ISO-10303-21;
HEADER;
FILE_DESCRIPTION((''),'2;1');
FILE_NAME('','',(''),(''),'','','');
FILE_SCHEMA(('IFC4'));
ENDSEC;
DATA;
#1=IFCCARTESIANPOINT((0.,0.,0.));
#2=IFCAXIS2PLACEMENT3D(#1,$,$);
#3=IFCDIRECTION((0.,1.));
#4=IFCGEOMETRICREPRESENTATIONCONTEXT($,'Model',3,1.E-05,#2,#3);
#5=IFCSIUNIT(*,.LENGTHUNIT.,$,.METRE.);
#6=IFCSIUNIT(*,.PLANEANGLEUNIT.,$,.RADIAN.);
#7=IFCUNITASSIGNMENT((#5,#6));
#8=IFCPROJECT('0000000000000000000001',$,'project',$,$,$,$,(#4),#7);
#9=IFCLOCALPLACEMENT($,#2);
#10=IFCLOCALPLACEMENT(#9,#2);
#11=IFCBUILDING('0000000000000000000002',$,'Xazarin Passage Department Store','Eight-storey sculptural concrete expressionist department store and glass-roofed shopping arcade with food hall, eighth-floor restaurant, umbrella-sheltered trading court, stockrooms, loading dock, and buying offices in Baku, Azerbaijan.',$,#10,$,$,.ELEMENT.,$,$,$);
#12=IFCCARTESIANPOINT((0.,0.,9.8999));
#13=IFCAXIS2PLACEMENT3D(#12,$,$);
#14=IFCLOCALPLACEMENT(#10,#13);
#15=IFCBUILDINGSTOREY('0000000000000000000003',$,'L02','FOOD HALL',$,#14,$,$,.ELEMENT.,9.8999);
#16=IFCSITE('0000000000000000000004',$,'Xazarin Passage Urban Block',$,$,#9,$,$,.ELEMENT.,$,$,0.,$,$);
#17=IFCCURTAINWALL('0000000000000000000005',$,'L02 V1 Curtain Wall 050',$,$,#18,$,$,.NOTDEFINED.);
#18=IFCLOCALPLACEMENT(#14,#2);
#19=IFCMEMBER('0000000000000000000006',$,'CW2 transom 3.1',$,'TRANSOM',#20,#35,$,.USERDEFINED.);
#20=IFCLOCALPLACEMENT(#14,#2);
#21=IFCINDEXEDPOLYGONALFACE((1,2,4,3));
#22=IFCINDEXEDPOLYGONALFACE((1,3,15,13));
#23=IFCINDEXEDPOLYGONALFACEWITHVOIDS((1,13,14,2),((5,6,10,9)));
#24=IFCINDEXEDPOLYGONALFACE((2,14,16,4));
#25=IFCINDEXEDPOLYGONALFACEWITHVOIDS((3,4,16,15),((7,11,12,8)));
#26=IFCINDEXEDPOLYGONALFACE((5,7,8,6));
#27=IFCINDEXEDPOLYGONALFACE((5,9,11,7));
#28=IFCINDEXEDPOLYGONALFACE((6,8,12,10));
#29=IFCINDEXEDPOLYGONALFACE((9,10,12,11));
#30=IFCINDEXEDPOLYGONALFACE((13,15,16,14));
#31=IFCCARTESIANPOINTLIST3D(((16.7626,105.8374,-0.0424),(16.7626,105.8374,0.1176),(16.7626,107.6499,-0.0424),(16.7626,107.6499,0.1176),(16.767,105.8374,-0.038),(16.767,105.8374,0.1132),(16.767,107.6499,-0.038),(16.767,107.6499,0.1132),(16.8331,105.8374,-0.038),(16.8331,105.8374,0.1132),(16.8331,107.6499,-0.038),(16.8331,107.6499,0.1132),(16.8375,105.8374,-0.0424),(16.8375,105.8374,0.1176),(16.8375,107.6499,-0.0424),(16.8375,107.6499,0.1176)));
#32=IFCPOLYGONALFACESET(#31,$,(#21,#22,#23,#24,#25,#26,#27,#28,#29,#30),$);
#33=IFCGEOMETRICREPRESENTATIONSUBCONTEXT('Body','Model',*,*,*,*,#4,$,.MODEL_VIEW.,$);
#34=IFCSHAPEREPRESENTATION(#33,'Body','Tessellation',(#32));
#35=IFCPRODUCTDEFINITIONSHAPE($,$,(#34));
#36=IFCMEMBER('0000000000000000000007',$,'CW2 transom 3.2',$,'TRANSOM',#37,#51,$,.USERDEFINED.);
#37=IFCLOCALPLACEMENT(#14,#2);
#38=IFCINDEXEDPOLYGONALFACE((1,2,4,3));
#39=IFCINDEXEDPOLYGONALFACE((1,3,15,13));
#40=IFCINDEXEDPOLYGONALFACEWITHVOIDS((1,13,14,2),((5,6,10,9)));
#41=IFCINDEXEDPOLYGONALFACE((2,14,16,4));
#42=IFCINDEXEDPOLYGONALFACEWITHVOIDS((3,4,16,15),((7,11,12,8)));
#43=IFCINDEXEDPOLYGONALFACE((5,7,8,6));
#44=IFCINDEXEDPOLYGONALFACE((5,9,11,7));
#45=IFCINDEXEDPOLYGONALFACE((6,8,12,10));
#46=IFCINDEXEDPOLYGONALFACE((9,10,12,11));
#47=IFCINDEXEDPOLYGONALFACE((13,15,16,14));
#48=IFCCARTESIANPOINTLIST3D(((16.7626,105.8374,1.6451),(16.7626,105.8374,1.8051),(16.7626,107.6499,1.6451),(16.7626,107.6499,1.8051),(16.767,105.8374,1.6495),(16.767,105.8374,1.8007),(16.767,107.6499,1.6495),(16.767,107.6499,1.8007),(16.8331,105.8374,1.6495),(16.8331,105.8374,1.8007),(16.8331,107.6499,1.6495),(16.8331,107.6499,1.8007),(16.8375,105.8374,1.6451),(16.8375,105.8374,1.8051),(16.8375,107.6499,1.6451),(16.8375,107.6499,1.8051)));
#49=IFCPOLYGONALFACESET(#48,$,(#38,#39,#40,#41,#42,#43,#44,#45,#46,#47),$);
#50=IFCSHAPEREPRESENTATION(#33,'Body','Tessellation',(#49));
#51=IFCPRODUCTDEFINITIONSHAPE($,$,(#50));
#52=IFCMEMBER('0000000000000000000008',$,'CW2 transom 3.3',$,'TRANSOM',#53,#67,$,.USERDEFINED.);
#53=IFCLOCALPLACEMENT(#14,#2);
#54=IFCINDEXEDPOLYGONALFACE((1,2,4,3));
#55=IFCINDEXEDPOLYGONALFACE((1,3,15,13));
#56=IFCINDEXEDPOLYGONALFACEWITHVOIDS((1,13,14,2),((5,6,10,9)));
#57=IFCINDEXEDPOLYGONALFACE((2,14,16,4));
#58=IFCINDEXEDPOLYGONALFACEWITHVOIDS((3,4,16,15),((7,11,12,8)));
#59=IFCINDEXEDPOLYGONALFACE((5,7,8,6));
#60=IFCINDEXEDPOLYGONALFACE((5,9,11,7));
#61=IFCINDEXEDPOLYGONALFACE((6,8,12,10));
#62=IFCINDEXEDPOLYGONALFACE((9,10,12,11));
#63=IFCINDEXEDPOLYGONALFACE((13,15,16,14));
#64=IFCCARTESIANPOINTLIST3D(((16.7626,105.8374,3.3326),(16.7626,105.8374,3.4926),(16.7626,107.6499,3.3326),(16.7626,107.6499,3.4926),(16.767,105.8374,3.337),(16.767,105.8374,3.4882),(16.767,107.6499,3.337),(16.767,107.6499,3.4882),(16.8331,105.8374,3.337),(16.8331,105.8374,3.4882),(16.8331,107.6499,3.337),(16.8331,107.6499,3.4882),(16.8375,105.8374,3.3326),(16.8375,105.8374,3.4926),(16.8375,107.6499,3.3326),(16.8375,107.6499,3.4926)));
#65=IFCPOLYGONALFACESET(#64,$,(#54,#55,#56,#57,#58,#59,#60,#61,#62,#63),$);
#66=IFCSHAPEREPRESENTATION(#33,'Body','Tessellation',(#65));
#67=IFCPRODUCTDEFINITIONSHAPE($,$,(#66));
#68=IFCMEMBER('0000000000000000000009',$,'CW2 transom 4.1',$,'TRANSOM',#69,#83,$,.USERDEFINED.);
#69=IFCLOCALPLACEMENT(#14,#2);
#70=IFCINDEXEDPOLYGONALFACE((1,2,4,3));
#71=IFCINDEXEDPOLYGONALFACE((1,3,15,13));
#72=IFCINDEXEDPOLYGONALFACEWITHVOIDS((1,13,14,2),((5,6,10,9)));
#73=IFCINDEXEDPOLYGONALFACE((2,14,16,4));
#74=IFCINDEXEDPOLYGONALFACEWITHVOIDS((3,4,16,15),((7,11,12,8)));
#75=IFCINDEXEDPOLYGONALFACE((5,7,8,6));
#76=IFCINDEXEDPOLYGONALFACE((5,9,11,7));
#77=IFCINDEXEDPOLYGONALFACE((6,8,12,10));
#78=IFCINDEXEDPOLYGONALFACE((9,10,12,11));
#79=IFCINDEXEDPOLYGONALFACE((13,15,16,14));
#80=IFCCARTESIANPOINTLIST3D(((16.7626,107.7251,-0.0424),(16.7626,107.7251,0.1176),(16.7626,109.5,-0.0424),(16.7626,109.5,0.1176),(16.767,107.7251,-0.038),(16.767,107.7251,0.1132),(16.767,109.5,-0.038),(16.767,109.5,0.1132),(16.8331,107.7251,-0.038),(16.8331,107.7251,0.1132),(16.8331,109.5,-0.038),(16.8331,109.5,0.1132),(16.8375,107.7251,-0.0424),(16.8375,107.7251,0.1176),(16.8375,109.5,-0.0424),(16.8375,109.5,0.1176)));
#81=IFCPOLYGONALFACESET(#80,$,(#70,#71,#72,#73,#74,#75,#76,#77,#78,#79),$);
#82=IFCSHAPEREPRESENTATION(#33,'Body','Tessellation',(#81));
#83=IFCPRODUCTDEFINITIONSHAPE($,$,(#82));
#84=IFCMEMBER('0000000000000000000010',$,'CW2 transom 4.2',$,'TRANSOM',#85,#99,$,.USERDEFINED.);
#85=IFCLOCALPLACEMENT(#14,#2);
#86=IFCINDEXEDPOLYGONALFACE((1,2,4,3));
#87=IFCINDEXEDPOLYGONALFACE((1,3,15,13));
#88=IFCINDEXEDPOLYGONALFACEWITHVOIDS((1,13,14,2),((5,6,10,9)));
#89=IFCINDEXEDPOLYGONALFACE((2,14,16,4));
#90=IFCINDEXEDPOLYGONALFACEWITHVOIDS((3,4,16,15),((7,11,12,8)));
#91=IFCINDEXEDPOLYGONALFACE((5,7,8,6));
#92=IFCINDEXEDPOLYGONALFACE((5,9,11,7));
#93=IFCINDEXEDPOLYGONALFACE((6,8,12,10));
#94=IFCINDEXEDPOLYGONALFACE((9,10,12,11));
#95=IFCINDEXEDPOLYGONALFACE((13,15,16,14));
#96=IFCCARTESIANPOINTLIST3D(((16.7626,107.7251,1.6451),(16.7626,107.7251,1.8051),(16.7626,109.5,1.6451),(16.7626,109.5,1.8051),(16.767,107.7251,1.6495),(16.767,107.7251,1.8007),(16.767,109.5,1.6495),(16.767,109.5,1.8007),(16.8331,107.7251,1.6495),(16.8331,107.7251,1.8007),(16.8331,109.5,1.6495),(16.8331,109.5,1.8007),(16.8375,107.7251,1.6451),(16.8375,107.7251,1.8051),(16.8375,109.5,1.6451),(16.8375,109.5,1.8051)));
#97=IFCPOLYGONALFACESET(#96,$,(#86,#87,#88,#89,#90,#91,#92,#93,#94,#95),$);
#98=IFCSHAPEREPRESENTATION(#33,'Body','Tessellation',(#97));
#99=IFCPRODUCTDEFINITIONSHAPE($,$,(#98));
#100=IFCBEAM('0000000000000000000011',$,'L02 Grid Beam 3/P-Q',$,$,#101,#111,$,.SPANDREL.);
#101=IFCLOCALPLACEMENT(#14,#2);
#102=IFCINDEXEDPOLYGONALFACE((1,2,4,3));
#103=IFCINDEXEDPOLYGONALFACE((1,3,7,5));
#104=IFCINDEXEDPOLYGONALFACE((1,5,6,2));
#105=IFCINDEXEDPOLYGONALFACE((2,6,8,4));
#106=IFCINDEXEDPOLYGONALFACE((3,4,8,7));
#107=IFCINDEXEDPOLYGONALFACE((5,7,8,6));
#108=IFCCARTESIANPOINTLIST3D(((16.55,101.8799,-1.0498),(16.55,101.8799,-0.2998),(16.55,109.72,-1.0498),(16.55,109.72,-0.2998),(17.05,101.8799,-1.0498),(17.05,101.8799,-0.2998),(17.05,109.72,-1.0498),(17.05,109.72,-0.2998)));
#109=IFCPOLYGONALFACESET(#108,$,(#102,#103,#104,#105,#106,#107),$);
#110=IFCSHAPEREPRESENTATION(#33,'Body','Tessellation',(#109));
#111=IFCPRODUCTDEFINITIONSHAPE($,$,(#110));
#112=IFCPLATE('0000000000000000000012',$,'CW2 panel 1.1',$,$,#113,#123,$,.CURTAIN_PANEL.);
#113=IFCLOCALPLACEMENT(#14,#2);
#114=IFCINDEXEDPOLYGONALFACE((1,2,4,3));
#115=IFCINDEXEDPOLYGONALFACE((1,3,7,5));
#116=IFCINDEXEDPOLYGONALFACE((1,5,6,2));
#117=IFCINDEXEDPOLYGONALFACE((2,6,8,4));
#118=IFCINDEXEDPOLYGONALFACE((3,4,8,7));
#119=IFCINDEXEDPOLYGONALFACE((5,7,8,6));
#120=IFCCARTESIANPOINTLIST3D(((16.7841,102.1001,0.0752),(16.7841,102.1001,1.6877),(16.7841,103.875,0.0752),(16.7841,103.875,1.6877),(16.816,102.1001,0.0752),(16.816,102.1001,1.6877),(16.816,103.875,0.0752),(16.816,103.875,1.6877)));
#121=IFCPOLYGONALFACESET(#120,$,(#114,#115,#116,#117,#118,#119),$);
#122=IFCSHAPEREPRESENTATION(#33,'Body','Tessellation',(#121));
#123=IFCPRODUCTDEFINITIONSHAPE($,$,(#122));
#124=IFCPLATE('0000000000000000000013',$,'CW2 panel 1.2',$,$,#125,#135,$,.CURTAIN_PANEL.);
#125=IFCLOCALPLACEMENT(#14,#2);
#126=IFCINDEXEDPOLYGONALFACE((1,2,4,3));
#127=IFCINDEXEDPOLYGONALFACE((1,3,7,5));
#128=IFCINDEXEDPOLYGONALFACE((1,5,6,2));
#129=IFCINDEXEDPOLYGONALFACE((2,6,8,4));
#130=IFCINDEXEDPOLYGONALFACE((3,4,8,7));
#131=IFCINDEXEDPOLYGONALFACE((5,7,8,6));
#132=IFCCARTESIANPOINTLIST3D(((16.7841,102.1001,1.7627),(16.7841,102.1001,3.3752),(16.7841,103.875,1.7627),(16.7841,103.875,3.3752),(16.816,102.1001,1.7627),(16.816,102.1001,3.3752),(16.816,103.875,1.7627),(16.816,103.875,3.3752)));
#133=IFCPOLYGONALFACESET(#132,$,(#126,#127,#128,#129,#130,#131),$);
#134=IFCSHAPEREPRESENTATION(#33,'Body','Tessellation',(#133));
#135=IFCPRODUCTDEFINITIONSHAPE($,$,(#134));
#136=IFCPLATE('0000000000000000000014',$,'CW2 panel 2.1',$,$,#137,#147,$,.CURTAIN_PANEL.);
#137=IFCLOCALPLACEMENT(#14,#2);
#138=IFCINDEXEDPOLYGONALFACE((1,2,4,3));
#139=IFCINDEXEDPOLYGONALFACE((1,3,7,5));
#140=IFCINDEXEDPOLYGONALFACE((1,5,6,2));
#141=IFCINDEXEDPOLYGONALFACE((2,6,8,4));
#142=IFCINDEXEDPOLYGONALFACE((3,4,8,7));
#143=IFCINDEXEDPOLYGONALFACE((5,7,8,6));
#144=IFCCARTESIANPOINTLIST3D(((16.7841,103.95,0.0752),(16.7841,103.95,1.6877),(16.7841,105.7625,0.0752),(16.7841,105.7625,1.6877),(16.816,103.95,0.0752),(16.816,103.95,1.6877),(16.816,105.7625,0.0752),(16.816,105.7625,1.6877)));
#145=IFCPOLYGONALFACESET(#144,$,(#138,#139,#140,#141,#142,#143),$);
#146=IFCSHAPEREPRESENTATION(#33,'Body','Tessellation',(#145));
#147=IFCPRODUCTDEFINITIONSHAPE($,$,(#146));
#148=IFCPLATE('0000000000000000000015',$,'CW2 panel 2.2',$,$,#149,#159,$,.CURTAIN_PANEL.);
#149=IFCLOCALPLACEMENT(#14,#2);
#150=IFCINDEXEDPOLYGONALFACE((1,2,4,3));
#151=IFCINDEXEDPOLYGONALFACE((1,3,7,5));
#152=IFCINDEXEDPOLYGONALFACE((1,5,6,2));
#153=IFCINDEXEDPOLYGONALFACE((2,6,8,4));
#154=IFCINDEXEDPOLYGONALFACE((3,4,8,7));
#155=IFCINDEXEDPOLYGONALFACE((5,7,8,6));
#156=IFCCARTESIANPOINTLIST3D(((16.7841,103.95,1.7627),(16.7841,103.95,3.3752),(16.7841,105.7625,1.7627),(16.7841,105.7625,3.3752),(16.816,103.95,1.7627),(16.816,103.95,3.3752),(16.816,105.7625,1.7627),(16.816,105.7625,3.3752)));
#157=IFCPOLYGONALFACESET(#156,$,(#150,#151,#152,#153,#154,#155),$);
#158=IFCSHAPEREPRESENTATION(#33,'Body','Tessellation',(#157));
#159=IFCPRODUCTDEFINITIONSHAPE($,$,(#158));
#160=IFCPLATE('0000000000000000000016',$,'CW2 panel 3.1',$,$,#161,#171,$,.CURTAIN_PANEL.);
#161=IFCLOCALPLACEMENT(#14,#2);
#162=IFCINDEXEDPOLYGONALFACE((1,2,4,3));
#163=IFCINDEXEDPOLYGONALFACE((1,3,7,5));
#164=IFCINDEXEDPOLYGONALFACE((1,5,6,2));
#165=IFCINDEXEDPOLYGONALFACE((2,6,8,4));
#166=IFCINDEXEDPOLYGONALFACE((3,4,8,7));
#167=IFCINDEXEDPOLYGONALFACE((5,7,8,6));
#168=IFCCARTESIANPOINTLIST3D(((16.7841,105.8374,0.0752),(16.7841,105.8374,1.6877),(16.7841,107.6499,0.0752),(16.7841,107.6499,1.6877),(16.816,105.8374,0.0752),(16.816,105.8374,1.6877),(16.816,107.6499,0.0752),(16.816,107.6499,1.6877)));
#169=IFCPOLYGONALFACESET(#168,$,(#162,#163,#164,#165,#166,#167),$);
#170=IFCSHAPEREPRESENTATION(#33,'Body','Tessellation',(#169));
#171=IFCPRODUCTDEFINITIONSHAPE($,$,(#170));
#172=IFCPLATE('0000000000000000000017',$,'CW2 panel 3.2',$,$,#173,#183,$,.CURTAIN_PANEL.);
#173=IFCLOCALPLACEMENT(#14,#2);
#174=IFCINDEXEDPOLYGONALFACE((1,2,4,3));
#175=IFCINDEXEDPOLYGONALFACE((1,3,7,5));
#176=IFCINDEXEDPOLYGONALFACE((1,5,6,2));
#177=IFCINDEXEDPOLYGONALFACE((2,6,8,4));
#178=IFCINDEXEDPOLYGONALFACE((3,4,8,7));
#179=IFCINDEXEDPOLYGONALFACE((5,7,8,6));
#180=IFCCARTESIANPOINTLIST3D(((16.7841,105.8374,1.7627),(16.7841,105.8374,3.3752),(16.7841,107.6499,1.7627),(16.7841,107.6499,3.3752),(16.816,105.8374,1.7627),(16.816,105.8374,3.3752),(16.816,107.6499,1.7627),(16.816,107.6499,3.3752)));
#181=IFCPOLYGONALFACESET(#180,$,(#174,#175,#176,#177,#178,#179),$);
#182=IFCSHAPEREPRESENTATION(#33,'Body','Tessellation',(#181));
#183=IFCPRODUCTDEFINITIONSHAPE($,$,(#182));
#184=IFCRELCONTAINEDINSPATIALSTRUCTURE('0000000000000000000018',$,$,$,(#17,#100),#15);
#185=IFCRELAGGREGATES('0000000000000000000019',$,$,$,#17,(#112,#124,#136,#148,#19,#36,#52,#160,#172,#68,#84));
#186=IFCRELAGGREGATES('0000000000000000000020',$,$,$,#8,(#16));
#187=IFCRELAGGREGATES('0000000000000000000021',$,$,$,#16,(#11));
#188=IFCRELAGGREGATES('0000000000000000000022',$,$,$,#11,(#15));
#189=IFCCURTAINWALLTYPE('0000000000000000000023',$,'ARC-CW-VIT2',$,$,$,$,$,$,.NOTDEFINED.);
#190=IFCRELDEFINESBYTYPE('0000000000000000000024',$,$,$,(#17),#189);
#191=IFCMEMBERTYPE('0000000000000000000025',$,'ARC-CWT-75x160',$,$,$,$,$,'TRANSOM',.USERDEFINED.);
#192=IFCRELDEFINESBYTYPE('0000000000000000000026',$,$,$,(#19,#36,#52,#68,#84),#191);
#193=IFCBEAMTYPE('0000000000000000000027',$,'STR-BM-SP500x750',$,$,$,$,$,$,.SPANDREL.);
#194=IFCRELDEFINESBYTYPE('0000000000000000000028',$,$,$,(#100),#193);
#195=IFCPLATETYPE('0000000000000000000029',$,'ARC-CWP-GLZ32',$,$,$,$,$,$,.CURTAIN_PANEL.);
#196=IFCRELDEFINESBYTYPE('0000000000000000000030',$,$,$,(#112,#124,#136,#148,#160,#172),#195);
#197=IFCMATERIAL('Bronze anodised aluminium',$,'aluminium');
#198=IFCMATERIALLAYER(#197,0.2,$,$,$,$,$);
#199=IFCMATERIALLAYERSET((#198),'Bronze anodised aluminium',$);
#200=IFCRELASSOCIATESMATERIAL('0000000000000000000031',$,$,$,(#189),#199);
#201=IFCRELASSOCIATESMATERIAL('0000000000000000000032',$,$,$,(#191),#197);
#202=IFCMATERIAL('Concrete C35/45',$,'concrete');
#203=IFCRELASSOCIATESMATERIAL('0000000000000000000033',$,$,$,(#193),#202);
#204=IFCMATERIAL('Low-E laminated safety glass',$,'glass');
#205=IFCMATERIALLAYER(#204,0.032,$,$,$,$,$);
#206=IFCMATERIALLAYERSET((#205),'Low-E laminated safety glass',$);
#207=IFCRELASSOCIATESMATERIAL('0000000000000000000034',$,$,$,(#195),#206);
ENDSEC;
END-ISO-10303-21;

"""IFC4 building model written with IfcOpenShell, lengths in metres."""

from ifc_helpers import new_model, si_unit, direction, frame, origin, origin_2d, place, context, subcontext, project, spatial, rectangle, hollow_rectangle, extrude, material, layer, layer_set, material_profile, profile_set, type_object, element, aggregate, save


model = new_model("IFC4")

# Units and contexts
model_context = context("Model", 3, precision=1e-05, world=origin(), true_north=direction((0.0, 1.0)))
body_context = subcontext(model_context, "Body", "Model", "MODEL_VIEW")
ifc_project = project(units=[si_unit("LENGTHUNIT", "METRE"), si_unit("PLANEANGLEUNIT", "RADIAN")], contexts=[model_context])

# Site, building, storey
site_placement = place(None, origin())
site = spatial("IfcSite", under=ifc_project, at=site_placement, Name="Xazarin Passage Urban Block", CompositionType="ELEMENT", RefElevation=0.0)
building_placement = place(site_placement, origin())
building = spatial("IfcBuilding", under=site, at=building_placement, Name="Xazarin Passage Department Store", Description="Eight-storey sculptural concrete expressionist department store and glass-roofed shopping arcade with food hall, eighth-floor restaurant, umbrella-sheltered trading court, stockrooms, loading dock, and buying offices in Baku, Azerbaijan.", CompositionType="ELEMENT")
storey_placement = place(building_placement, frame((0.0, 0.0, 9.8999)))
storey = spatial("IfcBuildingStorey", under=building, at=storey_placement, Name="L02", Description="FOOD HALL", CompositionType="ELEMENT", Elevation=9.8999)

# Curtain wall, members
ifc_material_1 = material(Name="Bronze anodised aluminium", Category="aluminium")
ifc_layer_1 = layer(ifc_material_1, 0.2)
ifc_layer_set_1 = layer_set([ifc_layer_1], Name="Bronze anodised aluminium")
curtain_wall_type = type_object("IfcCurtainWallType", Name="ARC-CW-VIT2", PredefinedType="NOTDEFINED", material=ifc_layer_set_1)
curtain_wall_placement = place(storey_placement, origin())
curtain_wall = element("IfcCurtainWall", 1, at=curtain_wall_placement, inside=storey, type_object=curtain_wall_type, Name="L02 V1 Curtain Wall 050", PredefinedType="NOTDEFINED")
ifc_material_profile_1 = material_profile(ifc_material_1, hollow_rectangle(XDim=0.075, YDim=0.1599, WallThickness=0.0044, at=origin_2d()), Name="ALU 75x160")
ifc_profile_set_1 = profile_set([ifc_material_profile_1], Name="Bronze anodised aluminium")
member_type_1 = type_object("IfcMemberType", Name="ARC-CWT-75x160", ElementType="TRANSOM", PredefinedType="USERDEFINED", material=ifc_profile_set_1)
member_1_placement = place(storey_placement, frame((16.8, 105.8374, 0.0376), z_axis=(0.0, 1.0, 0.0), x_axis=(-1.0, 0.0, 0.0)))
member_1 = element("IfcMember", 2, at=member_1_placement, type_object=member_type_1, Name="CW2 transom 3.1", ObjectType="TRANSOM", PredefinedType="USERDEFINED", context=body_context, shape_type="SweptSolid", body=[
    extrude(hollow_rectangle(XDim=0.075, YDim=0.1599, WallThickness=0.0044, at=origin_2d()), origin(), (0.0, 0.0, 1.0), 1.8125),
])
member_2_placement = place(storey_placement, frame((16.8, 105.8374, 1.7251), z_axis=(0.0, 1.0, 0.0), x_axis=(-1.0, 0.0, 0.0)))
member_2 = element("IfcMember", 3, at=member_2_placement, type_object=member_type_1, Name="CW2 transom 3.2", ObjectType="TRANSOM", PredefinedType="USERDEFINED", context=body_context, shape_type="SweptSolid", body=[
    extrude(hollow_rectangle(XDim=0.075, YDim=0.1599, WallThickness=0.0044, at=origin_2d()), origin(), (0.0, 0.0, 1.0), 1.8125),
])
member_3_placement = place(storey_placement, frame((16.8, 105.8374, 3.4126), z_axis=(0.0, 1.0, 0.0), x_axis=(-1.0, 0.0, 0.0)))
member_3 = element("IfcMember", 4, at=member_3_placement, type_object=member_type_1, Name="CW2 transom 3.3", ObjectType="TRANSOM", PredefinedType="USERDEFINED", context=body_context, shape_type="SweptSolid", body=[
    extrude(hollow_rectangle(XDim=0.075, YDim=0.1599, WallThickness=0.0044, at=origin_2d()), origin(), (0.0, 0.0, 1.0), 1.8125),
])
member_4_placement = place(storey_placement, frame((16.8, 107.7251, 0.0376), z_axis=(0.0, 1.0, 0.0), x_axis=(-1.0, 0.0, 0.0)))
member_4 = element("IfcMember", 5, at=member_4_placement, type_object=member_type_1, Name="CW2 transom 4.1", ObjectType="TRANSOM", PredefinedType="USERDEFINED", context=body_context, shape_type="SweptSolid", body=[
    extrude(hollow_rectangle(XDim=0.075, YDim=0.1599, WallThickness=0.0044, at=origin_2d()), origin(), (0.0, 0.0, 1.0), 1.7749),
])
member_5_placement = place(storey_placement, frame((16.8, 107.7251, 1.7251), z_axis=(0.0, 1.0, 0.0), x_axis=(-1.0, 0.0, 0.0)))
member_5 = element("IfcMember", 6, at=member_5_placement, type_object=member_type_1, Name="CW2 transom 4.2", ObjectType="TRANSOM", PredefinedType="USERDEFINED", context=body_context, shape_type="SweptSolid", body=[
    extrude(hollow_rectangle(XDim=0.075, YDim=0.1599, WallThickness=0.0044, at=origin_2d()), origin(), (0.0, 0.0, 1.0), 1.7749),
])

# Beam
ifc_material_2 = material(Name="Concrete C35/45", Category="concrete")
ifc_material_profile_2 = material_profile(ifc_material_2, rectangle(XDim=0.5, YDim=0.75, at=origin_2d()), Name="RC 500x750")
ifc_profile_set_2 = profile_set([ifc_material_profile_2], Name="Concrete C35/45")
beam_type = type_object("IfcBeamType", Name="STR-BM-SP500x750", PredefinedType="SPANDREL", material=ifc_profile_set_2)
beam_placement = place(storey_placement, frame((16.8, 101.8799, -0.6748), z_axis=(0.0, 1.0, 0.0), x_axis=(-1.0, 0.0, 0.0)))
element("IfcBeam", 7, at=beam_placement, inside=storey, type_object=beam_type, Name="L02 Grid Beam 3/P-Q", PredefinedType="SPANDREL", context=body_context, shape_type="SweptSolid", body=[
    extrude(rectangle(XDim=0.5, YDim=0.75, at=origin_2d()), origin(), (0.0, 0.0, 1.0), 7.8401),
])

# Plates
ifc_material_3 = material(Name="Low-E laminated safety glass", Category="glass")
ifc_layer_2 = layer(ifc_material_3, 0.032)
ifc_layer_set_2 = layer_set([ifc_layer_2], Name="Low-E laminated safety glass")
plate_type = type_object("IfcPlateType", Name="ARC-CWP-GLZ32", PredefinedType="CURTAIN_PANEL", material=ifc_layer_set_2)
plate_1_placement = place(storey_placement, frame((16.8, 102.9875, 0.0752), z_axis=(0.0, 0.0, 1.0), x_axis=(0.0, 1.0, 0.0)))
plate_1 = element("IfcPlate", 8, at=plate_1_placement, type_object=plate_type, Name="CW2 panel 1.1", PredefinedType="CURTAIN_PANEL", context=body_context, shape_type="SweptSolid", body=[
    extrude(rectangle(XDim=1.7749, YDim=0.032, at=origin_2d()), origin(), (0.0, 0.0, 1.0), 1.6125),
])
plate_2_placement = place(storey_placement, frame((16.8, 102.9875, 1.7627), z_axis=(0.0, 0.0, 1.0), x_axis=(0.0, 1.0, 0.0)))
plate_2 = element("IfcPlate", 9, at=plate_2_placement, type_object=plate_type, Name="CW2 panel 1.2", PredefinedType="CURTAIN_PANEL", context=body_context, shape_type="SweptSolid", body=[
    extrude(rectangle(XDim=1.7749, YDim=0.032, at=origin_2d()), origin(), (0.0, 0.0, 1.0), 1.6125),
])
plate_3_placement = place(storey_placement, frame((16.8, 104.8562, 0.0752), z_axis=(0.0, 0.0, 1.0), x_axis=(0.0, 1.0, 0.0)))
plate_3 = element("IfcPlate", 10, at=plate_3_placement, type_object=plate_type, Name="CW2 panel 2.1", PredefinedType="CURTAIN_PANEL", context=body_context, shape_type="SweptSolid", body=[
    extrude(rectangle(XDim=1.8125, YDim=0.032, at=origin_2d()), origin(), (0.0, 0.0, 1.0), 1.6125),
])
plate_4_placement = place(storey_placement, frame((16.8, 104.8562, 1.7627), z_axis=(0.0, 0.0, 1.0), x_axis=(0.0, 1.0, 0.0)))
plate_4 = element("IfcPlate", 11, at=plate_4_placement, type_object=plate_type, Name="CW2 panel 2.2", PredefinedType="CURTAIN_PANEL", context=body_context, shape_type="SweptSolid", body=[
    extrude(rectangle(XDim=1.8125, YDim=0.032, at=origin_2d()), origin(), (0.0, 0.0, 1.0), 1.6125),
])
plate_5_placement = place(storey_placement, frame((16.8, 106.7437, 0.0752), z_axis=(0.0, 0.0, 1.0), x_axis=(0.0, 1.0, 0.0)))
plate_5 = element("IfcPlate", 12, at=plate_5_placement, type_object=plate_type, Name="CW2 panel 3.1", PredefinedType="CURTAIN_PANEL", context=body_context, shape_type="SweptSolid", body=[
    extrude(rectangle(XDim=1.8125, YDim=0.032, at=origin_2d()), origin(), (0.0, 0.0, 1.0), 1.6125),
])
plate_6_placement = place(storey_placement, frame((16.8, 106.7437, 1.7627), z_axis=(0.0, 0.0, 1.0), x_axis=(0.0, 1.0, 0.0)))
plate_6 = element("IfcPlate", 13, at=plate_6_placement, type_object=plate_type, Name="CW2 panel 3.2", PredefinedType="CURTAIN_PANEL", context=body_context, shape_type="SweptSolid", body=[
    extrude(rectangle(XDim=1.8125, YDim=0.032, at=origin_2d()), origin(), (0.0, 0.0, 1.0), 1.6125),
])
aggregate(curtain_wall, [plate_1, plate_2, plate_3, plate_4, member_1, member_2, member_3, plate_5, plate_6, member_4, member_5])

save(model, "model.ifc")
